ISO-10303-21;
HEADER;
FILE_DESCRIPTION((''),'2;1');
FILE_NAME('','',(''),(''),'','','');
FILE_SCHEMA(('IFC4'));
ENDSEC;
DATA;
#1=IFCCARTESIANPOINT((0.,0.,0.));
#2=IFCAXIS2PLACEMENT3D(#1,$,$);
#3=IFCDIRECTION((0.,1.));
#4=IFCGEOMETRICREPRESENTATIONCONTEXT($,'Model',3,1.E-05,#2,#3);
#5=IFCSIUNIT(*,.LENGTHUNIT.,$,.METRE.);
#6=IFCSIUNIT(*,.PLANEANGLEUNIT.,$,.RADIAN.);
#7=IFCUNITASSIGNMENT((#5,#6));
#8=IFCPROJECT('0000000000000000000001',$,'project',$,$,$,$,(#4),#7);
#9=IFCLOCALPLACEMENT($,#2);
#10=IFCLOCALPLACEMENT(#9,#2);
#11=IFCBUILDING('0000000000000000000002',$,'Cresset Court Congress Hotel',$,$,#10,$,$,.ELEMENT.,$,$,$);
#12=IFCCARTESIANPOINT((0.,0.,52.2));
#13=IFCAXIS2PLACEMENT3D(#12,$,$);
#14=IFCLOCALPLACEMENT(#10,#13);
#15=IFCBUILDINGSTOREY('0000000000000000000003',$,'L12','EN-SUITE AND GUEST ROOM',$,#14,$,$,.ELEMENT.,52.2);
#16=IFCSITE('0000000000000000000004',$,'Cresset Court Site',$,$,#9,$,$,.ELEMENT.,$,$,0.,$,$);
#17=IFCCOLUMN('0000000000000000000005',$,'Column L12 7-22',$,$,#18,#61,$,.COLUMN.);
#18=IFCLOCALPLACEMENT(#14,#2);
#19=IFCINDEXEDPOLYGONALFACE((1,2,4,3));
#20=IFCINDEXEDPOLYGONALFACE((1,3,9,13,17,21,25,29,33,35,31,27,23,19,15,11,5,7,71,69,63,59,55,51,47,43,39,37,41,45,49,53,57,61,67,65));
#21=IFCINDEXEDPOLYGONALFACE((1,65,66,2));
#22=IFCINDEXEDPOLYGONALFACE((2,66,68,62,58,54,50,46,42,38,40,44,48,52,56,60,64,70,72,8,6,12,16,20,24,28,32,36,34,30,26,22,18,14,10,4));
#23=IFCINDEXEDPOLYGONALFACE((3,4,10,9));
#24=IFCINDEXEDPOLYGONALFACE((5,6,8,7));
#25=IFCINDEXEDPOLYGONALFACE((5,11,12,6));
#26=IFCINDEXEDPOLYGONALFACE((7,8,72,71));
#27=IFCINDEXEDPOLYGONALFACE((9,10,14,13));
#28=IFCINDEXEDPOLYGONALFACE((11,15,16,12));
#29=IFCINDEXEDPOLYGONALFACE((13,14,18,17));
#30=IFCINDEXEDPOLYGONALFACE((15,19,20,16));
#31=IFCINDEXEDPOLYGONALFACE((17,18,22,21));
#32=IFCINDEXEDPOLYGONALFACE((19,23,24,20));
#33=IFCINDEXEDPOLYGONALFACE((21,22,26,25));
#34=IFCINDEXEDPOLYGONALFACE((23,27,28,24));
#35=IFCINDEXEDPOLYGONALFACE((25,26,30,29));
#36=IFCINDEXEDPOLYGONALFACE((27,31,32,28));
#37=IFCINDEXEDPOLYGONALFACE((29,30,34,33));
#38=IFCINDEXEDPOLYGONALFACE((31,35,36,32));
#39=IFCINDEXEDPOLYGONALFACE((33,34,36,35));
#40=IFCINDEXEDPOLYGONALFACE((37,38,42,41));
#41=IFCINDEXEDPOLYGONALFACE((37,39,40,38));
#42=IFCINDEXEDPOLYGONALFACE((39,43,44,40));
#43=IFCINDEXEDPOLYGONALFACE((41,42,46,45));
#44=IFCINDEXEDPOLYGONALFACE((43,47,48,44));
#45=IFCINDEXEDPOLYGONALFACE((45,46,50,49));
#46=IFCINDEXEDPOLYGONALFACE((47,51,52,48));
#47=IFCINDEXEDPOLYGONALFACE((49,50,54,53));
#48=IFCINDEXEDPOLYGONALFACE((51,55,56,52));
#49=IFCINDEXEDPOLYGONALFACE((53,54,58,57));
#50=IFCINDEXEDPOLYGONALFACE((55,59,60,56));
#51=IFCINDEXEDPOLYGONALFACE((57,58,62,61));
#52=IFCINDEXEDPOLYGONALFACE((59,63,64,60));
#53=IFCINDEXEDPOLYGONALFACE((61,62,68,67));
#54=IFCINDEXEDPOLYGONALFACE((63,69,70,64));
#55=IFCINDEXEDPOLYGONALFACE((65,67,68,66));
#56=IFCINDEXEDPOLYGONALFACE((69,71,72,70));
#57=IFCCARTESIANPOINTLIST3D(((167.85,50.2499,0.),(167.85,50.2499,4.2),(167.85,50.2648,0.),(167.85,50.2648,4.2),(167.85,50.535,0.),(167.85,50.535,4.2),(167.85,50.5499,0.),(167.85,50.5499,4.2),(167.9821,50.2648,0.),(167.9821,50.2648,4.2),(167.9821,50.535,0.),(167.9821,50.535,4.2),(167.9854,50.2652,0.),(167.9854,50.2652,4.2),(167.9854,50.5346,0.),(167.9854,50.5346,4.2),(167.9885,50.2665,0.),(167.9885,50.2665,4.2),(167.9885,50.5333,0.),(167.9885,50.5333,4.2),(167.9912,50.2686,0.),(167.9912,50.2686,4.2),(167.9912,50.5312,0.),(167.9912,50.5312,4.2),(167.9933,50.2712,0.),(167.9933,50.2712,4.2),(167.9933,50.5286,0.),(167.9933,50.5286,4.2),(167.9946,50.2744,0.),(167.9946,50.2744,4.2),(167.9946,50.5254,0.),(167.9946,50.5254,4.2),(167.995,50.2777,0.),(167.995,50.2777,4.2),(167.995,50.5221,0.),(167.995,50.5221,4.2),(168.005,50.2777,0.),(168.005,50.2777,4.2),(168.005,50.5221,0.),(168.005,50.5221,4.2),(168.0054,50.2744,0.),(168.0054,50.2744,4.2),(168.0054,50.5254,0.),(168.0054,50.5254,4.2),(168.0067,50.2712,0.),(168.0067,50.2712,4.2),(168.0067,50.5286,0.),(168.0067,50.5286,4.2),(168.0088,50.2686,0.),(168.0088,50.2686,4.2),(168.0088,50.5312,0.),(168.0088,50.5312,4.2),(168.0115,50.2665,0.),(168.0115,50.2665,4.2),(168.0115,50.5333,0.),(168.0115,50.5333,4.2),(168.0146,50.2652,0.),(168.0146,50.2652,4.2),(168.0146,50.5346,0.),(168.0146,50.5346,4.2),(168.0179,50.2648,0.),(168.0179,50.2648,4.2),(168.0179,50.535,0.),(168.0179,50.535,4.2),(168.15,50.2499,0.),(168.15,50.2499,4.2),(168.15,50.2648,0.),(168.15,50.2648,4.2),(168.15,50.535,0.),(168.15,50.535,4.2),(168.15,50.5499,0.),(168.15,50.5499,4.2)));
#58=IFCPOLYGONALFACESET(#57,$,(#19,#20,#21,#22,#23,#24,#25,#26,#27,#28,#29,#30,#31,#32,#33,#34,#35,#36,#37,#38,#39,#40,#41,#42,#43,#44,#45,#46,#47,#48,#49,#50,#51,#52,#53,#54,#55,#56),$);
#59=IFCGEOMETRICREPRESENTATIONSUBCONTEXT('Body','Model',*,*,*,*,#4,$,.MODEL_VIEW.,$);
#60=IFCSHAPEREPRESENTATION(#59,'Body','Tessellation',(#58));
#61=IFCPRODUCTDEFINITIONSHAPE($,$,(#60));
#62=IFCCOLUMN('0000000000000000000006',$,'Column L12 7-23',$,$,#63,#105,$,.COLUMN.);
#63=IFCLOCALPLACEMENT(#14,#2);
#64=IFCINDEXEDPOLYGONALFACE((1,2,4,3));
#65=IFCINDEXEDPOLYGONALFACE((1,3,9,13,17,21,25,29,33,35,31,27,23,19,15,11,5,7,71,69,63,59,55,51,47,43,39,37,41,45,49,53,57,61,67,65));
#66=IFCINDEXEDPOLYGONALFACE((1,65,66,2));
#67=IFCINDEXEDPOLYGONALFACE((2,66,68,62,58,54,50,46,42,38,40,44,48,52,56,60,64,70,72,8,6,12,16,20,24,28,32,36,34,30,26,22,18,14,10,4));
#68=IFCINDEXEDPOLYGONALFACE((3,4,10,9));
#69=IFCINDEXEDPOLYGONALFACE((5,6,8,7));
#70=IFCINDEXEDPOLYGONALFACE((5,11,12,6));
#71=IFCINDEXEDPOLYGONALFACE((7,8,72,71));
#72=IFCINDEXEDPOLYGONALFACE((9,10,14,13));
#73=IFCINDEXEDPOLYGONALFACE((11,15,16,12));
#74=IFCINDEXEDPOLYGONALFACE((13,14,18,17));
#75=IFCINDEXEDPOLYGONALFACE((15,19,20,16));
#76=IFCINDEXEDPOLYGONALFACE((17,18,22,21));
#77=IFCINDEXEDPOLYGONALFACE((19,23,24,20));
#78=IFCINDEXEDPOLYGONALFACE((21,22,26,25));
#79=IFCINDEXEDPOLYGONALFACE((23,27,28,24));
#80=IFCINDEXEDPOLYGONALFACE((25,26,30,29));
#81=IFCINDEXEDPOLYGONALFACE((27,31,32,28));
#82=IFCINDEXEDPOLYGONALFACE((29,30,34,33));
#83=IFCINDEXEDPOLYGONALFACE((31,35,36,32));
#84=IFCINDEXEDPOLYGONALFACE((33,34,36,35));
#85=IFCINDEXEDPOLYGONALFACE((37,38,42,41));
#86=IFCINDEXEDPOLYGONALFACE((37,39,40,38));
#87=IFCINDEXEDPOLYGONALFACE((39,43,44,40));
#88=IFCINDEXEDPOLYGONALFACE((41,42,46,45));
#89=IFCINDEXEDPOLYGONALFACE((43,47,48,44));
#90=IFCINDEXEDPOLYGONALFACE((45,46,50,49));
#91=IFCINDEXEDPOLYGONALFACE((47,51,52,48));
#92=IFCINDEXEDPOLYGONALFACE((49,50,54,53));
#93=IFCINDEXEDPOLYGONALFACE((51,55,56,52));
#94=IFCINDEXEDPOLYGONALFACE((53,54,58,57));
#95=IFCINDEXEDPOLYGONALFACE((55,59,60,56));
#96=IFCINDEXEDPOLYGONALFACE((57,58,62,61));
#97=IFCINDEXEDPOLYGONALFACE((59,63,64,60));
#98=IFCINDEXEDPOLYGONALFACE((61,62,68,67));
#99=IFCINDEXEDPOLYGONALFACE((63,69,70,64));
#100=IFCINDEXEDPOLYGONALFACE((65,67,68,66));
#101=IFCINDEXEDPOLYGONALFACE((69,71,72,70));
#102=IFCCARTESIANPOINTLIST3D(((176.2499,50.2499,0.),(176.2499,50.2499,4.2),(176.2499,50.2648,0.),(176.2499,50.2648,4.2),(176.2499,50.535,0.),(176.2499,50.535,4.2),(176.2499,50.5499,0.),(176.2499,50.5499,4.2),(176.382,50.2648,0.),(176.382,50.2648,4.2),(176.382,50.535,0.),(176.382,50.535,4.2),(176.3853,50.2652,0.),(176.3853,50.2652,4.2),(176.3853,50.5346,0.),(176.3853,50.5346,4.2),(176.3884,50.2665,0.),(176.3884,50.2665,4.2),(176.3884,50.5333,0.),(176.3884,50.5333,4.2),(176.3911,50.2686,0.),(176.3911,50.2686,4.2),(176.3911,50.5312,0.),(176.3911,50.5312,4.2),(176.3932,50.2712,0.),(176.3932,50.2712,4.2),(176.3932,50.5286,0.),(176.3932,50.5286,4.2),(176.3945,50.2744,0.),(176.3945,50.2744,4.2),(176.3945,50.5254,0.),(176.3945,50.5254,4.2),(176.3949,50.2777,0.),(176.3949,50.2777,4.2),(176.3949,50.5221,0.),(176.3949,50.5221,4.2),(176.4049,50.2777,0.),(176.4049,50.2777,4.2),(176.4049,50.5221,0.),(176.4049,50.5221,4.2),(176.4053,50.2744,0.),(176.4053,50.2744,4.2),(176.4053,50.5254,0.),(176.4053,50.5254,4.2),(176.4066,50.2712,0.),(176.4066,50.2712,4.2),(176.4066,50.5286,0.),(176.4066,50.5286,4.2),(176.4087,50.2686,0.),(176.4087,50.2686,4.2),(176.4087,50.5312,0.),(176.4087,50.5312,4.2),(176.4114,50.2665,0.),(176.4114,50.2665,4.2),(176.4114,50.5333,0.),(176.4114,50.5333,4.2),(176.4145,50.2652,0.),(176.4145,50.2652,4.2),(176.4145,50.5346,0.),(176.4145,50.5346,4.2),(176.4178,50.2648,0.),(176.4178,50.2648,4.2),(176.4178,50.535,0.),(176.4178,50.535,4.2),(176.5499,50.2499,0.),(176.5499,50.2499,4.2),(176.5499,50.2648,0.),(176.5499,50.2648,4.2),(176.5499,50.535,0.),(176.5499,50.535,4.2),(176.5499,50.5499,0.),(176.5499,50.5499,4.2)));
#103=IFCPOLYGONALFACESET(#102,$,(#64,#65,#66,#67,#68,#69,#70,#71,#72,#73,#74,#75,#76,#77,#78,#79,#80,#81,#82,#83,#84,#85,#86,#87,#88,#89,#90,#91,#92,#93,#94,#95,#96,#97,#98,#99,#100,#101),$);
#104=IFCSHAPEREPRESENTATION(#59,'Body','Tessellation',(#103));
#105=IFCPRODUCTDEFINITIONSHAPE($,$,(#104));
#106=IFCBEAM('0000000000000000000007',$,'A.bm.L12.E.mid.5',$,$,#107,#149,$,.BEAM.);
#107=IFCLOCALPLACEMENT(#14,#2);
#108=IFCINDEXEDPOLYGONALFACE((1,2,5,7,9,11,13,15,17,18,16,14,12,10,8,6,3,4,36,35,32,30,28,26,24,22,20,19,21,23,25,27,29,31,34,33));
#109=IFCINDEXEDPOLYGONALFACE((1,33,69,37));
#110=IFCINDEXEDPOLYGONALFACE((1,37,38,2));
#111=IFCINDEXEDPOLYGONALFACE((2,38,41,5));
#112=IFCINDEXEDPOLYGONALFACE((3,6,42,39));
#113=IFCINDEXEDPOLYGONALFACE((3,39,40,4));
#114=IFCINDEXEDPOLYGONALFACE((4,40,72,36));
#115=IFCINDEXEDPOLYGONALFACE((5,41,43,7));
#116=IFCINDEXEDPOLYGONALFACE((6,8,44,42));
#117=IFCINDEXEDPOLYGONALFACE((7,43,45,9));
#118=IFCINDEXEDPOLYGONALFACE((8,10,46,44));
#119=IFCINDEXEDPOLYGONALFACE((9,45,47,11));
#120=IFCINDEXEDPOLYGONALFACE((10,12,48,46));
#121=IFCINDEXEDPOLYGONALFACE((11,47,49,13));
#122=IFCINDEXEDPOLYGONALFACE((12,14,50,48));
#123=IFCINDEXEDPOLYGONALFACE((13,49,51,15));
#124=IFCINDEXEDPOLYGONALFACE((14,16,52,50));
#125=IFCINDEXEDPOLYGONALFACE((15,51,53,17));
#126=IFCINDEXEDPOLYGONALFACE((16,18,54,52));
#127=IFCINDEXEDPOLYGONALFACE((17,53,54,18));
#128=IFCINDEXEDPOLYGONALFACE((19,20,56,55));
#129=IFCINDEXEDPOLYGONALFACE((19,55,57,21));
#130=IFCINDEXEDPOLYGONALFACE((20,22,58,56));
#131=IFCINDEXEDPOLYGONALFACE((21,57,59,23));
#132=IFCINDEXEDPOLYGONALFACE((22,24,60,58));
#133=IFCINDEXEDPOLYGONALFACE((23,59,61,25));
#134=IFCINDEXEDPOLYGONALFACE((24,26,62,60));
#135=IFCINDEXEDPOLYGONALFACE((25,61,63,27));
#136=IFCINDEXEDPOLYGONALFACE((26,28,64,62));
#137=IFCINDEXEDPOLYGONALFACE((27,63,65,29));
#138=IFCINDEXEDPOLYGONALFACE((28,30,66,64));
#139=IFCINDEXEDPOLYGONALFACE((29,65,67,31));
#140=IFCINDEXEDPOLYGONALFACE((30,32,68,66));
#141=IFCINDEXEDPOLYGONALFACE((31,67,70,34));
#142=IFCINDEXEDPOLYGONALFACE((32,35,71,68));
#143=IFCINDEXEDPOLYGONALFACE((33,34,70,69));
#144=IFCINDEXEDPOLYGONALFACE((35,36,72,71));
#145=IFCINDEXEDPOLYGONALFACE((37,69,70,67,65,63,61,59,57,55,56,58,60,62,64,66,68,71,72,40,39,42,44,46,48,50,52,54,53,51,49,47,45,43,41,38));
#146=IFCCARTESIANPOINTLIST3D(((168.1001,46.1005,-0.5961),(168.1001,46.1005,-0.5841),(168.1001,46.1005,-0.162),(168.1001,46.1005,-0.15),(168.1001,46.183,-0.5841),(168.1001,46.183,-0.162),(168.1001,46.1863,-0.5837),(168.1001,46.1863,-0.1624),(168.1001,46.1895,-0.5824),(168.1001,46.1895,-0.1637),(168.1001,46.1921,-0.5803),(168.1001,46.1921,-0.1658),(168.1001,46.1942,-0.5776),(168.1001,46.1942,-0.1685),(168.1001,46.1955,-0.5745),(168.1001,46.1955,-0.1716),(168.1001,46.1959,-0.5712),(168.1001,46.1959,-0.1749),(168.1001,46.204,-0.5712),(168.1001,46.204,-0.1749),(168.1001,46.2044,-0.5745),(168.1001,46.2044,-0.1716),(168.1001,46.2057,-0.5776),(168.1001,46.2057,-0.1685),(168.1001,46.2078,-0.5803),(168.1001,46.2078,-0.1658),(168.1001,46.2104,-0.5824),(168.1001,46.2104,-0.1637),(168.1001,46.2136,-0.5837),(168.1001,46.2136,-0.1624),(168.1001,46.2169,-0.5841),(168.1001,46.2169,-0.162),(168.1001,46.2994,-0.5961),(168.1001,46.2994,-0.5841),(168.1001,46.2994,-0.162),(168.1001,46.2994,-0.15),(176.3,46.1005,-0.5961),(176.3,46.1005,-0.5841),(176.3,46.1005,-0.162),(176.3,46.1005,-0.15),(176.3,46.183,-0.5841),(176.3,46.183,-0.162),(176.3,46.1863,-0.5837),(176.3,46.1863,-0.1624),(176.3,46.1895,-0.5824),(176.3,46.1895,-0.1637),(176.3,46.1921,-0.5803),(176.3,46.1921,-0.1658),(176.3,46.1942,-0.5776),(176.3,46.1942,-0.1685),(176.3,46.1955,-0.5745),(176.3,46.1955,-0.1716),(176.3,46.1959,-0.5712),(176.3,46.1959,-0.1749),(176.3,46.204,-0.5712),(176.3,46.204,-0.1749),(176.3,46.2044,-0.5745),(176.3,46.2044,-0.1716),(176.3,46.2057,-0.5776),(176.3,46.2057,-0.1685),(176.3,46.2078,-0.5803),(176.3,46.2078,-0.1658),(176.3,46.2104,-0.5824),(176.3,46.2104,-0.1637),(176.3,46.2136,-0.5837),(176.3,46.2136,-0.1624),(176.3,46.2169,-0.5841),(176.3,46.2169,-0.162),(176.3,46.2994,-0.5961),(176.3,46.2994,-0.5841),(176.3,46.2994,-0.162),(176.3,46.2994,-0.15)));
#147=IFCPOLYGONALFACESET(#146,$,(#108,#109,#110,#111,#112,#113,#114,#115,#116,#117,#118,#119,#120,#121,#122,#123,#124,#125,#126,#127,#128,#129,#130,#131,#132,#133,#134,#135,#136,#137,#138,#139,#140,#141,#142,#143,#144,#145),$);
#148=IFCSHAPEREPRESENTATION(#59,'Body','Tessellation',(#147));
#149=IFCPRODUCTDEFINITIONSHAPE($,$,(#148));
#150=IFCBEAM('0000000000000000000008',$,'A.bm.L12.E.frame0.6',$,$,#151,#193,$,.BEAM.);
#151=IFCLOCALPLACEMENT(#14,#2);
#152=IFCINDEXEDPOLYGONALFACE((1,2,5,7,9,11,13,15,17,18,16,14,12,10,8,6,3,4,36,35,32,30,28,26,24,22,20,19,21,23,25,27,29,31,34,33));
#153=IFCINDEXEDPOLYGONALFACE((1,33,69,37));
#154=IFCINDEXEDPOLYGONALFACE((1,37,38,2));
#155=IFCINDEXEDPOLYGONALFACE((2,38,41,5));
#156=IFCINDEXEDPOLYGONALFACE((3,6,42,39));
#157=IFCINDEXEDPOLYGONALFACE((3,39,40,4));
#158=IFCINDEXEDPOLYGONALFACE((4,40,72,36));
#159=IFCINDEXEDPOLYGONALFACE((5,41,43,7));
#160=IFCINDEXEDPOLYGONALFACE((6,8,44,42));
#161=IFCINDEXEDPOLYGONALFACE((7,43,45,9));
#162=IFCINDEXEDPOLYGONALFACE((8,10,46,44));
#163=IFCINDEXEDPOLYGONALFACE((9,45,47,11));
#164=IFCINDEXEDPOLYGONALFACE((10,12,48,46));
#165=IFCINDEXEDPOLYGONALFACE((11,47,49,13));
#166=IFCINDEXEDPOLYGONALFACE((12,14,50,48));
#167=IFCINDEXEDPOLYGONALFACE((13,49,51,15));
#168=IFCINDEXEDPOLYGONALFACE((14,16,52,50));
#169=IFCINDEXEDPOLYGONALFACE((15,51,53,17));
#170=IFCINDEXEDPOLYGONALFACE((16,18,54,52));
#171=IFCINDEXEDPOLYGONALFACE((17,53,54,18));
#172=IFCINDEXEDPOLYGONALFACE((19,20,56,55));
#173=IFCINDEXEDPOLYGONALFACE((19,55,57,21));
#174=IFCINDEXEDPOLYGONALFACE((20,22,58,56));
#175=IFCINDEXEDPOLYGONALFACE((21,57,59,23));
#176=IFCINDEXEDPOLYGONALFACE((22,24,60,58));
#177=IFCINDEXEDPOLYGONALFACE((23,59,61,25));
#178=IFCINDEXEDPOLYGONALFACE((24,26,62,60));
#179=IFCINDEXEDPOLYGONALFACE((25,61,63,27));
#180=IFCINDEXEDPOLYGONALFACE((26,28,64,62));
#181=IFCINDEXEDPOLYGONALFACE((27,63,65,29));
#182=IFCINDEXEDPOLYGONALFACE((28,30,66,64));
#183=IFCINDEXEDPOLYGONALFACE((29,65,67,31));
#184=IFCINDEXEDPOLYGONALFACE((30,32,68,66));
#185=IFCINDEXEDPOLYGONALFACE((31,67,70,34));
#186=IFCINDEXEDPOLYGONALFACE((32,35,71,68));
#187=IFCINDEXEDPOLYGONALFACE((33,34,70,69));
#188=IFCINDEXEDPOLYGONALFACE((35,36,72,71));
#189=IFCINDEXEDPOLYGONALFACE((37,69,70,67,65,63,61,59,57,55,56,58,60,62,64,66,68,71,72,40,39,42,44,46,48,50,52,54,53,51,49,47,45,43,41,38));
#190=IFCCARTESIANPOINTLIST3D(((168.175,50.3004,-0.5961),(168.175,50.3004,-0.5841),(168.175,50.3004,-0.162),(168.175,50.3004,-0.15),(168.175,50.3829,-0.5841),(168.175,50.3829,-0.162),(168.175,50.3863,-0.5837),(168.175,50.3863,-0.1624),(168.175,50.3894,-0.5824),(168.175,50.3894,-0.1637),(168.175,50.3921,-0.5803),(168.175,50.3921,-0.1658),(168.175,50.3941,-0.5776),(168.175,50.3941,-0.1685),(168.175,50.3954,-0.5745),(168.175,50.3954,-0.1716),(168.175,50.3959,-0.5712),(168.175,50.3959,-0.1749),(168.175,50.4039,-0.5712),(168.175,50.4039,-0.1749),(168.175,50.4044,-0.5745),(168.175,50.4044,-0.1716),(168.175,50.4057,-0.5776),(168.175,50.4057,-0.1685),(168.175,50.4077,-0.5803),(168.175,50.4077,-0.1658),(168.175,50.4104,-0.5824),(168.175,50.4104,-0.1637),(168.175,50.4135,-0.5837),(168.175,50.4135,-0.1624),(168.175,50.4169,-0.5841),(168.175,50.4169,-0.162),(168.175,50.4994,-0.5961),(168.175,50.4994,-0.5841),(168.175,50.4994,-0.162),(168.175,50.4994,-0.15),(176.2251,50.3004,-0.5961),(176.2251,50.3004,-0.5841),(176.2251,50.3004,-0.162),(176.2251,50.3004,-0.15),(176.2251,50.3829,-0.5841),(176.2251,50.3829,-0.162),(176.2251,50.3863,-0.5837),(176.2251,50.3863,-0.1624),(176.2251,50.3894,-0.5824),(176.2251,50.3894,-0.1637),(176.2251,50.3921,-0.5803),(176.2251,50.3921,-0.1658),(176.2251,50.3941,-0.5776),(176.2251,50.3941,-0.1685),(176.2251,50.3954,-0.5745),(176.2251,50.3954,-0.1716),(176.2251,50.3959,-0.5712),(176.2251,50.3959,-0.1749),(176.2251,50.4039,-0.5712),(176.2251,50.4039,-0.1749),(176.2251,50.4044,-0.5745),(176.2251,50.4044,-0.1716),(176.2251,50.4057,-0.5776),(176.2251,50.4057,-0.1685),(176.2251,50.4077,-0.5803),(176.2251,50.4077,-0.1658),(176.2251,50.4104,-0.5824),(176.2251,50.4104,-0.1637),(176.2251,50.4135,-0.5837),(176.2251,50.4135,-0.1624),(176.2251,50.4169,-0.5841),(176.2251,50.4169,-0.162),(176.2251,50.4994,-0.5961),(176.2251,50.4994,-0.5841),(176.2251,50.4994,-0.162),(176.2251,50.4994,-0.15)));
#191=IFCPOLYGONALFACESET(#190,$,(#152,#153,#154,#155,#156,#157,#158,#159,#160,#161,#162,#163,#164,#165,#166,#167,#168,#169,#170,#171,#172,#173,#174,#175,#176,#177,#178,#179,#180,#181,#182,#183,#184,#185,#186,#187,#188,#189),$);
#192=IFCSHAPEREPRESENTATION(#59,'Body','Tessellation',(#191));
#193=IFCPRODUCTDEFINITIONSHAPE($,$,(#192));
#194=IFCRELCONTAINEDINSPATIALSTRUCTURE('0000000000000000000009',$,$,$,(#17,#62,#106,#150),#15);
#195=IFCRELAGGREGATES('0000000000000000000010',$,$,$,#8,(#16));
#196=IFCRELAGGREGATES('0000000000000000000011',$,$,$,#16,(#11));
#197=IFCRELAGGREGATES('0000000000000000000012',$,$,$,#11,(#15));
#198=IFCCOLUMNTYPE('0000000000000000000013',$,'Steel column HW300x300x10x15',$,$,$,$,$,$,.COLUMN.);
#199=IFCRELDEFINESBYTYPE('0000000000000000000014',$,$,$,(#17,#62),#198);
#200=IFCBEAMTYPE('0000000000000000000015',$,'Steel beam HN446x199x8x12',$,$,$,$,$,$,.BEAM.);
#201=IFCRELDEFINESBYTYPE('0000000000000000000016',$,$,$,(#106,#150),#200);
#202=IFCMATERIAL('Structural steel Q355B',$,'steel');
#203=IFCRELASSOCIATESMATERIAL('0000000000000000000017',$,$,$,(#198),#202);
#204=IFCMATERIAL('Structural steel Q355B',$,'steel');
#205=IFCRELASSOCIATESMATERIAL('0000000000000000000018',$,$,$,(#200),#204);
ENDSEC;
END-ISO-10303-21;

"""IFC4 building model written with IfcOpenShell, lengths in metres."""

from ifc_helpers import new_model, si_unit, direction, frame, origin, origin_2d, place, context, subcontext, project, spatial, i_section, extrude, material, material_profile, profile_set, type_object, element, save


model = new_model("IFC4")

# Units and contexts
model_context = context("Model", 3, precision=1e-05, world=origin(), true_north=direction((0.0, 1.0)))
body_context = subcontext(model_context, "Body", "Model", "MODEL_VIEW")
ifc_project = project(units=[si_unit("LENGTHUNIT", "METRE"), si_unit("PLANEANGLEUNIT", "RADIAN")], contexts=[model_context])

# Site, building, storey
site_placement = place(None, origin())
site = spatial("IfcSite", under=ifc_project, at=site_placement, Name="Cresset Court Site", CompositionType="ELEMENT", RefElevation=0.0)
building_placement = place(site_placement, origin())
building = spatial("IfcBuilding", under=site, at=building_placement, Name="Cresset Court Congress Hotel", CompositionType="ELEMENT")
storey_placement = place(building_placement, frame((0.0, 0.0, 52.2)))
storey = spatial("IfcBuildingStorey", under=building, at=storey_placement, Name="L12", Description="EN-SUITE AND GUEST ROOM", CompositionType="ELEMENT", Elevation=52.2)

# Columns
ifc_material_1 = material(Name="Structural steel Q355B", Category="steel")
ifc_material_profile_1 = material_profile(ifc_material_1, i_section(OverallWidth=0.3, OverallDepth=0.3, WebThickness=0.01, FlangeThickness=0.0149, FilletRadius=0.0129, at=origin_2d()), Name="HW300x300x10x15")
ifc_profile_set_1 = profile_set([ifc_material_profile_1], Name="Structural steel Q355B")
column_type = type_object("IfcColumnType", Name="Steel column HW300x300x10x15", PredefinedType="COLUMN", material=ifc_profile_set_1)
for number, where, z_axis, x_axis, name in (
    (1, (168.0, 50.3999, 0.0), (0.0, 0.0, 1.0), (1.0, 0.0, 0.0), "Column L12 7-22"),
    (2, (176.3999, 50.3999, 0.0), (0.0, 0.0, 1.0), (1.0, 0.0, 0.0), "Column L12 7-23"),
):
    element("IfcColumn", number, at=place(storey_placement, frame(where, z_axis=z_axis, x_axis=x_axis)), inside=storey, type_object=column_type, Name=name, PredefinedType="COLUMN", context=body_context, shape_type="SweptSolid", body=[
        extrude(i_section(OverallWidth=0.3, OverallDepth=0.3, WebThickness=0.01, FlangeThickness=0.0149, FilletRadius=0.0129, at=origin_2d()), origin(), (0.0, 0.0, 1.0), 4.2),
    ])

# Beams
ifc_material_2 = material(Name="Structural steel Q355B", Category="steel")
ifc_material_profile_2 = material_profile(ifc_material_2, i_section(OverallWidth=0.199, OverallDepth=0.446, WebThickness=0.0081, FlangeThickness=0.012, FilletRadius=0.0129, at=origin_2d()), Name="HN446x199x8x12")
ifc_profile_set_2 = profile_set([ifc_material_profile_2], Name="Structural steel Q355B")
beam_type_1 = type_object("IfcBeamType", Name="Steel beam HN446x199x8x12", PredefinedType="BEAM", material=ifc_profile_set_2)
beam_1_placement = place(storey_placement, frame((168.1001, 46.2, -0.373), z_axis=(1.0, 0.0, 0.0), x_axis=(0.0, 1.0, 0.0)))
element("IfcBeam", 3, at=beam_1_placement, inside=storey, type_object=beam_type_1, Name="A.bm.L12.E.mid.5", PredefinedType="BEAM", context=body_context, shape_type="SweptSolid", body=[
    extrude(i_section(OverallWidth=0.199, OverallDepth=0.446, WebThickness=0.0081, FlangeThickness=0.012, FilletRadius=0.0129, at=origin_2d()), origin(), (0.0, 0.0, 1.0), 8.2),
])
beam_2_placement = place(storey_placement, frame((168.175, 50.3999, -0.373), z_axis=(1.0, 0.0, 0.0), x_axis=(0.0, 1.0, 0.0)))
element("IfcBeam", 4, at=beam_2_placement, inside=storey, type_object=beam_type_1, Name="A.bm.L12.E.frame0.6", PredefinedType="BEAM", context=body_context, shape_type="SweptSolid", body=[
    extrude(i_section(OverallWidth=0.199, OverallDepth=0.446, WebThickness=0.0081, FlangeThickness=0.012, FilletRadius=0.0129, at=origin_2d()), origin(), (0.0, 0.0, 1.0), 8.05),
])

save(model, "model.ifc")
